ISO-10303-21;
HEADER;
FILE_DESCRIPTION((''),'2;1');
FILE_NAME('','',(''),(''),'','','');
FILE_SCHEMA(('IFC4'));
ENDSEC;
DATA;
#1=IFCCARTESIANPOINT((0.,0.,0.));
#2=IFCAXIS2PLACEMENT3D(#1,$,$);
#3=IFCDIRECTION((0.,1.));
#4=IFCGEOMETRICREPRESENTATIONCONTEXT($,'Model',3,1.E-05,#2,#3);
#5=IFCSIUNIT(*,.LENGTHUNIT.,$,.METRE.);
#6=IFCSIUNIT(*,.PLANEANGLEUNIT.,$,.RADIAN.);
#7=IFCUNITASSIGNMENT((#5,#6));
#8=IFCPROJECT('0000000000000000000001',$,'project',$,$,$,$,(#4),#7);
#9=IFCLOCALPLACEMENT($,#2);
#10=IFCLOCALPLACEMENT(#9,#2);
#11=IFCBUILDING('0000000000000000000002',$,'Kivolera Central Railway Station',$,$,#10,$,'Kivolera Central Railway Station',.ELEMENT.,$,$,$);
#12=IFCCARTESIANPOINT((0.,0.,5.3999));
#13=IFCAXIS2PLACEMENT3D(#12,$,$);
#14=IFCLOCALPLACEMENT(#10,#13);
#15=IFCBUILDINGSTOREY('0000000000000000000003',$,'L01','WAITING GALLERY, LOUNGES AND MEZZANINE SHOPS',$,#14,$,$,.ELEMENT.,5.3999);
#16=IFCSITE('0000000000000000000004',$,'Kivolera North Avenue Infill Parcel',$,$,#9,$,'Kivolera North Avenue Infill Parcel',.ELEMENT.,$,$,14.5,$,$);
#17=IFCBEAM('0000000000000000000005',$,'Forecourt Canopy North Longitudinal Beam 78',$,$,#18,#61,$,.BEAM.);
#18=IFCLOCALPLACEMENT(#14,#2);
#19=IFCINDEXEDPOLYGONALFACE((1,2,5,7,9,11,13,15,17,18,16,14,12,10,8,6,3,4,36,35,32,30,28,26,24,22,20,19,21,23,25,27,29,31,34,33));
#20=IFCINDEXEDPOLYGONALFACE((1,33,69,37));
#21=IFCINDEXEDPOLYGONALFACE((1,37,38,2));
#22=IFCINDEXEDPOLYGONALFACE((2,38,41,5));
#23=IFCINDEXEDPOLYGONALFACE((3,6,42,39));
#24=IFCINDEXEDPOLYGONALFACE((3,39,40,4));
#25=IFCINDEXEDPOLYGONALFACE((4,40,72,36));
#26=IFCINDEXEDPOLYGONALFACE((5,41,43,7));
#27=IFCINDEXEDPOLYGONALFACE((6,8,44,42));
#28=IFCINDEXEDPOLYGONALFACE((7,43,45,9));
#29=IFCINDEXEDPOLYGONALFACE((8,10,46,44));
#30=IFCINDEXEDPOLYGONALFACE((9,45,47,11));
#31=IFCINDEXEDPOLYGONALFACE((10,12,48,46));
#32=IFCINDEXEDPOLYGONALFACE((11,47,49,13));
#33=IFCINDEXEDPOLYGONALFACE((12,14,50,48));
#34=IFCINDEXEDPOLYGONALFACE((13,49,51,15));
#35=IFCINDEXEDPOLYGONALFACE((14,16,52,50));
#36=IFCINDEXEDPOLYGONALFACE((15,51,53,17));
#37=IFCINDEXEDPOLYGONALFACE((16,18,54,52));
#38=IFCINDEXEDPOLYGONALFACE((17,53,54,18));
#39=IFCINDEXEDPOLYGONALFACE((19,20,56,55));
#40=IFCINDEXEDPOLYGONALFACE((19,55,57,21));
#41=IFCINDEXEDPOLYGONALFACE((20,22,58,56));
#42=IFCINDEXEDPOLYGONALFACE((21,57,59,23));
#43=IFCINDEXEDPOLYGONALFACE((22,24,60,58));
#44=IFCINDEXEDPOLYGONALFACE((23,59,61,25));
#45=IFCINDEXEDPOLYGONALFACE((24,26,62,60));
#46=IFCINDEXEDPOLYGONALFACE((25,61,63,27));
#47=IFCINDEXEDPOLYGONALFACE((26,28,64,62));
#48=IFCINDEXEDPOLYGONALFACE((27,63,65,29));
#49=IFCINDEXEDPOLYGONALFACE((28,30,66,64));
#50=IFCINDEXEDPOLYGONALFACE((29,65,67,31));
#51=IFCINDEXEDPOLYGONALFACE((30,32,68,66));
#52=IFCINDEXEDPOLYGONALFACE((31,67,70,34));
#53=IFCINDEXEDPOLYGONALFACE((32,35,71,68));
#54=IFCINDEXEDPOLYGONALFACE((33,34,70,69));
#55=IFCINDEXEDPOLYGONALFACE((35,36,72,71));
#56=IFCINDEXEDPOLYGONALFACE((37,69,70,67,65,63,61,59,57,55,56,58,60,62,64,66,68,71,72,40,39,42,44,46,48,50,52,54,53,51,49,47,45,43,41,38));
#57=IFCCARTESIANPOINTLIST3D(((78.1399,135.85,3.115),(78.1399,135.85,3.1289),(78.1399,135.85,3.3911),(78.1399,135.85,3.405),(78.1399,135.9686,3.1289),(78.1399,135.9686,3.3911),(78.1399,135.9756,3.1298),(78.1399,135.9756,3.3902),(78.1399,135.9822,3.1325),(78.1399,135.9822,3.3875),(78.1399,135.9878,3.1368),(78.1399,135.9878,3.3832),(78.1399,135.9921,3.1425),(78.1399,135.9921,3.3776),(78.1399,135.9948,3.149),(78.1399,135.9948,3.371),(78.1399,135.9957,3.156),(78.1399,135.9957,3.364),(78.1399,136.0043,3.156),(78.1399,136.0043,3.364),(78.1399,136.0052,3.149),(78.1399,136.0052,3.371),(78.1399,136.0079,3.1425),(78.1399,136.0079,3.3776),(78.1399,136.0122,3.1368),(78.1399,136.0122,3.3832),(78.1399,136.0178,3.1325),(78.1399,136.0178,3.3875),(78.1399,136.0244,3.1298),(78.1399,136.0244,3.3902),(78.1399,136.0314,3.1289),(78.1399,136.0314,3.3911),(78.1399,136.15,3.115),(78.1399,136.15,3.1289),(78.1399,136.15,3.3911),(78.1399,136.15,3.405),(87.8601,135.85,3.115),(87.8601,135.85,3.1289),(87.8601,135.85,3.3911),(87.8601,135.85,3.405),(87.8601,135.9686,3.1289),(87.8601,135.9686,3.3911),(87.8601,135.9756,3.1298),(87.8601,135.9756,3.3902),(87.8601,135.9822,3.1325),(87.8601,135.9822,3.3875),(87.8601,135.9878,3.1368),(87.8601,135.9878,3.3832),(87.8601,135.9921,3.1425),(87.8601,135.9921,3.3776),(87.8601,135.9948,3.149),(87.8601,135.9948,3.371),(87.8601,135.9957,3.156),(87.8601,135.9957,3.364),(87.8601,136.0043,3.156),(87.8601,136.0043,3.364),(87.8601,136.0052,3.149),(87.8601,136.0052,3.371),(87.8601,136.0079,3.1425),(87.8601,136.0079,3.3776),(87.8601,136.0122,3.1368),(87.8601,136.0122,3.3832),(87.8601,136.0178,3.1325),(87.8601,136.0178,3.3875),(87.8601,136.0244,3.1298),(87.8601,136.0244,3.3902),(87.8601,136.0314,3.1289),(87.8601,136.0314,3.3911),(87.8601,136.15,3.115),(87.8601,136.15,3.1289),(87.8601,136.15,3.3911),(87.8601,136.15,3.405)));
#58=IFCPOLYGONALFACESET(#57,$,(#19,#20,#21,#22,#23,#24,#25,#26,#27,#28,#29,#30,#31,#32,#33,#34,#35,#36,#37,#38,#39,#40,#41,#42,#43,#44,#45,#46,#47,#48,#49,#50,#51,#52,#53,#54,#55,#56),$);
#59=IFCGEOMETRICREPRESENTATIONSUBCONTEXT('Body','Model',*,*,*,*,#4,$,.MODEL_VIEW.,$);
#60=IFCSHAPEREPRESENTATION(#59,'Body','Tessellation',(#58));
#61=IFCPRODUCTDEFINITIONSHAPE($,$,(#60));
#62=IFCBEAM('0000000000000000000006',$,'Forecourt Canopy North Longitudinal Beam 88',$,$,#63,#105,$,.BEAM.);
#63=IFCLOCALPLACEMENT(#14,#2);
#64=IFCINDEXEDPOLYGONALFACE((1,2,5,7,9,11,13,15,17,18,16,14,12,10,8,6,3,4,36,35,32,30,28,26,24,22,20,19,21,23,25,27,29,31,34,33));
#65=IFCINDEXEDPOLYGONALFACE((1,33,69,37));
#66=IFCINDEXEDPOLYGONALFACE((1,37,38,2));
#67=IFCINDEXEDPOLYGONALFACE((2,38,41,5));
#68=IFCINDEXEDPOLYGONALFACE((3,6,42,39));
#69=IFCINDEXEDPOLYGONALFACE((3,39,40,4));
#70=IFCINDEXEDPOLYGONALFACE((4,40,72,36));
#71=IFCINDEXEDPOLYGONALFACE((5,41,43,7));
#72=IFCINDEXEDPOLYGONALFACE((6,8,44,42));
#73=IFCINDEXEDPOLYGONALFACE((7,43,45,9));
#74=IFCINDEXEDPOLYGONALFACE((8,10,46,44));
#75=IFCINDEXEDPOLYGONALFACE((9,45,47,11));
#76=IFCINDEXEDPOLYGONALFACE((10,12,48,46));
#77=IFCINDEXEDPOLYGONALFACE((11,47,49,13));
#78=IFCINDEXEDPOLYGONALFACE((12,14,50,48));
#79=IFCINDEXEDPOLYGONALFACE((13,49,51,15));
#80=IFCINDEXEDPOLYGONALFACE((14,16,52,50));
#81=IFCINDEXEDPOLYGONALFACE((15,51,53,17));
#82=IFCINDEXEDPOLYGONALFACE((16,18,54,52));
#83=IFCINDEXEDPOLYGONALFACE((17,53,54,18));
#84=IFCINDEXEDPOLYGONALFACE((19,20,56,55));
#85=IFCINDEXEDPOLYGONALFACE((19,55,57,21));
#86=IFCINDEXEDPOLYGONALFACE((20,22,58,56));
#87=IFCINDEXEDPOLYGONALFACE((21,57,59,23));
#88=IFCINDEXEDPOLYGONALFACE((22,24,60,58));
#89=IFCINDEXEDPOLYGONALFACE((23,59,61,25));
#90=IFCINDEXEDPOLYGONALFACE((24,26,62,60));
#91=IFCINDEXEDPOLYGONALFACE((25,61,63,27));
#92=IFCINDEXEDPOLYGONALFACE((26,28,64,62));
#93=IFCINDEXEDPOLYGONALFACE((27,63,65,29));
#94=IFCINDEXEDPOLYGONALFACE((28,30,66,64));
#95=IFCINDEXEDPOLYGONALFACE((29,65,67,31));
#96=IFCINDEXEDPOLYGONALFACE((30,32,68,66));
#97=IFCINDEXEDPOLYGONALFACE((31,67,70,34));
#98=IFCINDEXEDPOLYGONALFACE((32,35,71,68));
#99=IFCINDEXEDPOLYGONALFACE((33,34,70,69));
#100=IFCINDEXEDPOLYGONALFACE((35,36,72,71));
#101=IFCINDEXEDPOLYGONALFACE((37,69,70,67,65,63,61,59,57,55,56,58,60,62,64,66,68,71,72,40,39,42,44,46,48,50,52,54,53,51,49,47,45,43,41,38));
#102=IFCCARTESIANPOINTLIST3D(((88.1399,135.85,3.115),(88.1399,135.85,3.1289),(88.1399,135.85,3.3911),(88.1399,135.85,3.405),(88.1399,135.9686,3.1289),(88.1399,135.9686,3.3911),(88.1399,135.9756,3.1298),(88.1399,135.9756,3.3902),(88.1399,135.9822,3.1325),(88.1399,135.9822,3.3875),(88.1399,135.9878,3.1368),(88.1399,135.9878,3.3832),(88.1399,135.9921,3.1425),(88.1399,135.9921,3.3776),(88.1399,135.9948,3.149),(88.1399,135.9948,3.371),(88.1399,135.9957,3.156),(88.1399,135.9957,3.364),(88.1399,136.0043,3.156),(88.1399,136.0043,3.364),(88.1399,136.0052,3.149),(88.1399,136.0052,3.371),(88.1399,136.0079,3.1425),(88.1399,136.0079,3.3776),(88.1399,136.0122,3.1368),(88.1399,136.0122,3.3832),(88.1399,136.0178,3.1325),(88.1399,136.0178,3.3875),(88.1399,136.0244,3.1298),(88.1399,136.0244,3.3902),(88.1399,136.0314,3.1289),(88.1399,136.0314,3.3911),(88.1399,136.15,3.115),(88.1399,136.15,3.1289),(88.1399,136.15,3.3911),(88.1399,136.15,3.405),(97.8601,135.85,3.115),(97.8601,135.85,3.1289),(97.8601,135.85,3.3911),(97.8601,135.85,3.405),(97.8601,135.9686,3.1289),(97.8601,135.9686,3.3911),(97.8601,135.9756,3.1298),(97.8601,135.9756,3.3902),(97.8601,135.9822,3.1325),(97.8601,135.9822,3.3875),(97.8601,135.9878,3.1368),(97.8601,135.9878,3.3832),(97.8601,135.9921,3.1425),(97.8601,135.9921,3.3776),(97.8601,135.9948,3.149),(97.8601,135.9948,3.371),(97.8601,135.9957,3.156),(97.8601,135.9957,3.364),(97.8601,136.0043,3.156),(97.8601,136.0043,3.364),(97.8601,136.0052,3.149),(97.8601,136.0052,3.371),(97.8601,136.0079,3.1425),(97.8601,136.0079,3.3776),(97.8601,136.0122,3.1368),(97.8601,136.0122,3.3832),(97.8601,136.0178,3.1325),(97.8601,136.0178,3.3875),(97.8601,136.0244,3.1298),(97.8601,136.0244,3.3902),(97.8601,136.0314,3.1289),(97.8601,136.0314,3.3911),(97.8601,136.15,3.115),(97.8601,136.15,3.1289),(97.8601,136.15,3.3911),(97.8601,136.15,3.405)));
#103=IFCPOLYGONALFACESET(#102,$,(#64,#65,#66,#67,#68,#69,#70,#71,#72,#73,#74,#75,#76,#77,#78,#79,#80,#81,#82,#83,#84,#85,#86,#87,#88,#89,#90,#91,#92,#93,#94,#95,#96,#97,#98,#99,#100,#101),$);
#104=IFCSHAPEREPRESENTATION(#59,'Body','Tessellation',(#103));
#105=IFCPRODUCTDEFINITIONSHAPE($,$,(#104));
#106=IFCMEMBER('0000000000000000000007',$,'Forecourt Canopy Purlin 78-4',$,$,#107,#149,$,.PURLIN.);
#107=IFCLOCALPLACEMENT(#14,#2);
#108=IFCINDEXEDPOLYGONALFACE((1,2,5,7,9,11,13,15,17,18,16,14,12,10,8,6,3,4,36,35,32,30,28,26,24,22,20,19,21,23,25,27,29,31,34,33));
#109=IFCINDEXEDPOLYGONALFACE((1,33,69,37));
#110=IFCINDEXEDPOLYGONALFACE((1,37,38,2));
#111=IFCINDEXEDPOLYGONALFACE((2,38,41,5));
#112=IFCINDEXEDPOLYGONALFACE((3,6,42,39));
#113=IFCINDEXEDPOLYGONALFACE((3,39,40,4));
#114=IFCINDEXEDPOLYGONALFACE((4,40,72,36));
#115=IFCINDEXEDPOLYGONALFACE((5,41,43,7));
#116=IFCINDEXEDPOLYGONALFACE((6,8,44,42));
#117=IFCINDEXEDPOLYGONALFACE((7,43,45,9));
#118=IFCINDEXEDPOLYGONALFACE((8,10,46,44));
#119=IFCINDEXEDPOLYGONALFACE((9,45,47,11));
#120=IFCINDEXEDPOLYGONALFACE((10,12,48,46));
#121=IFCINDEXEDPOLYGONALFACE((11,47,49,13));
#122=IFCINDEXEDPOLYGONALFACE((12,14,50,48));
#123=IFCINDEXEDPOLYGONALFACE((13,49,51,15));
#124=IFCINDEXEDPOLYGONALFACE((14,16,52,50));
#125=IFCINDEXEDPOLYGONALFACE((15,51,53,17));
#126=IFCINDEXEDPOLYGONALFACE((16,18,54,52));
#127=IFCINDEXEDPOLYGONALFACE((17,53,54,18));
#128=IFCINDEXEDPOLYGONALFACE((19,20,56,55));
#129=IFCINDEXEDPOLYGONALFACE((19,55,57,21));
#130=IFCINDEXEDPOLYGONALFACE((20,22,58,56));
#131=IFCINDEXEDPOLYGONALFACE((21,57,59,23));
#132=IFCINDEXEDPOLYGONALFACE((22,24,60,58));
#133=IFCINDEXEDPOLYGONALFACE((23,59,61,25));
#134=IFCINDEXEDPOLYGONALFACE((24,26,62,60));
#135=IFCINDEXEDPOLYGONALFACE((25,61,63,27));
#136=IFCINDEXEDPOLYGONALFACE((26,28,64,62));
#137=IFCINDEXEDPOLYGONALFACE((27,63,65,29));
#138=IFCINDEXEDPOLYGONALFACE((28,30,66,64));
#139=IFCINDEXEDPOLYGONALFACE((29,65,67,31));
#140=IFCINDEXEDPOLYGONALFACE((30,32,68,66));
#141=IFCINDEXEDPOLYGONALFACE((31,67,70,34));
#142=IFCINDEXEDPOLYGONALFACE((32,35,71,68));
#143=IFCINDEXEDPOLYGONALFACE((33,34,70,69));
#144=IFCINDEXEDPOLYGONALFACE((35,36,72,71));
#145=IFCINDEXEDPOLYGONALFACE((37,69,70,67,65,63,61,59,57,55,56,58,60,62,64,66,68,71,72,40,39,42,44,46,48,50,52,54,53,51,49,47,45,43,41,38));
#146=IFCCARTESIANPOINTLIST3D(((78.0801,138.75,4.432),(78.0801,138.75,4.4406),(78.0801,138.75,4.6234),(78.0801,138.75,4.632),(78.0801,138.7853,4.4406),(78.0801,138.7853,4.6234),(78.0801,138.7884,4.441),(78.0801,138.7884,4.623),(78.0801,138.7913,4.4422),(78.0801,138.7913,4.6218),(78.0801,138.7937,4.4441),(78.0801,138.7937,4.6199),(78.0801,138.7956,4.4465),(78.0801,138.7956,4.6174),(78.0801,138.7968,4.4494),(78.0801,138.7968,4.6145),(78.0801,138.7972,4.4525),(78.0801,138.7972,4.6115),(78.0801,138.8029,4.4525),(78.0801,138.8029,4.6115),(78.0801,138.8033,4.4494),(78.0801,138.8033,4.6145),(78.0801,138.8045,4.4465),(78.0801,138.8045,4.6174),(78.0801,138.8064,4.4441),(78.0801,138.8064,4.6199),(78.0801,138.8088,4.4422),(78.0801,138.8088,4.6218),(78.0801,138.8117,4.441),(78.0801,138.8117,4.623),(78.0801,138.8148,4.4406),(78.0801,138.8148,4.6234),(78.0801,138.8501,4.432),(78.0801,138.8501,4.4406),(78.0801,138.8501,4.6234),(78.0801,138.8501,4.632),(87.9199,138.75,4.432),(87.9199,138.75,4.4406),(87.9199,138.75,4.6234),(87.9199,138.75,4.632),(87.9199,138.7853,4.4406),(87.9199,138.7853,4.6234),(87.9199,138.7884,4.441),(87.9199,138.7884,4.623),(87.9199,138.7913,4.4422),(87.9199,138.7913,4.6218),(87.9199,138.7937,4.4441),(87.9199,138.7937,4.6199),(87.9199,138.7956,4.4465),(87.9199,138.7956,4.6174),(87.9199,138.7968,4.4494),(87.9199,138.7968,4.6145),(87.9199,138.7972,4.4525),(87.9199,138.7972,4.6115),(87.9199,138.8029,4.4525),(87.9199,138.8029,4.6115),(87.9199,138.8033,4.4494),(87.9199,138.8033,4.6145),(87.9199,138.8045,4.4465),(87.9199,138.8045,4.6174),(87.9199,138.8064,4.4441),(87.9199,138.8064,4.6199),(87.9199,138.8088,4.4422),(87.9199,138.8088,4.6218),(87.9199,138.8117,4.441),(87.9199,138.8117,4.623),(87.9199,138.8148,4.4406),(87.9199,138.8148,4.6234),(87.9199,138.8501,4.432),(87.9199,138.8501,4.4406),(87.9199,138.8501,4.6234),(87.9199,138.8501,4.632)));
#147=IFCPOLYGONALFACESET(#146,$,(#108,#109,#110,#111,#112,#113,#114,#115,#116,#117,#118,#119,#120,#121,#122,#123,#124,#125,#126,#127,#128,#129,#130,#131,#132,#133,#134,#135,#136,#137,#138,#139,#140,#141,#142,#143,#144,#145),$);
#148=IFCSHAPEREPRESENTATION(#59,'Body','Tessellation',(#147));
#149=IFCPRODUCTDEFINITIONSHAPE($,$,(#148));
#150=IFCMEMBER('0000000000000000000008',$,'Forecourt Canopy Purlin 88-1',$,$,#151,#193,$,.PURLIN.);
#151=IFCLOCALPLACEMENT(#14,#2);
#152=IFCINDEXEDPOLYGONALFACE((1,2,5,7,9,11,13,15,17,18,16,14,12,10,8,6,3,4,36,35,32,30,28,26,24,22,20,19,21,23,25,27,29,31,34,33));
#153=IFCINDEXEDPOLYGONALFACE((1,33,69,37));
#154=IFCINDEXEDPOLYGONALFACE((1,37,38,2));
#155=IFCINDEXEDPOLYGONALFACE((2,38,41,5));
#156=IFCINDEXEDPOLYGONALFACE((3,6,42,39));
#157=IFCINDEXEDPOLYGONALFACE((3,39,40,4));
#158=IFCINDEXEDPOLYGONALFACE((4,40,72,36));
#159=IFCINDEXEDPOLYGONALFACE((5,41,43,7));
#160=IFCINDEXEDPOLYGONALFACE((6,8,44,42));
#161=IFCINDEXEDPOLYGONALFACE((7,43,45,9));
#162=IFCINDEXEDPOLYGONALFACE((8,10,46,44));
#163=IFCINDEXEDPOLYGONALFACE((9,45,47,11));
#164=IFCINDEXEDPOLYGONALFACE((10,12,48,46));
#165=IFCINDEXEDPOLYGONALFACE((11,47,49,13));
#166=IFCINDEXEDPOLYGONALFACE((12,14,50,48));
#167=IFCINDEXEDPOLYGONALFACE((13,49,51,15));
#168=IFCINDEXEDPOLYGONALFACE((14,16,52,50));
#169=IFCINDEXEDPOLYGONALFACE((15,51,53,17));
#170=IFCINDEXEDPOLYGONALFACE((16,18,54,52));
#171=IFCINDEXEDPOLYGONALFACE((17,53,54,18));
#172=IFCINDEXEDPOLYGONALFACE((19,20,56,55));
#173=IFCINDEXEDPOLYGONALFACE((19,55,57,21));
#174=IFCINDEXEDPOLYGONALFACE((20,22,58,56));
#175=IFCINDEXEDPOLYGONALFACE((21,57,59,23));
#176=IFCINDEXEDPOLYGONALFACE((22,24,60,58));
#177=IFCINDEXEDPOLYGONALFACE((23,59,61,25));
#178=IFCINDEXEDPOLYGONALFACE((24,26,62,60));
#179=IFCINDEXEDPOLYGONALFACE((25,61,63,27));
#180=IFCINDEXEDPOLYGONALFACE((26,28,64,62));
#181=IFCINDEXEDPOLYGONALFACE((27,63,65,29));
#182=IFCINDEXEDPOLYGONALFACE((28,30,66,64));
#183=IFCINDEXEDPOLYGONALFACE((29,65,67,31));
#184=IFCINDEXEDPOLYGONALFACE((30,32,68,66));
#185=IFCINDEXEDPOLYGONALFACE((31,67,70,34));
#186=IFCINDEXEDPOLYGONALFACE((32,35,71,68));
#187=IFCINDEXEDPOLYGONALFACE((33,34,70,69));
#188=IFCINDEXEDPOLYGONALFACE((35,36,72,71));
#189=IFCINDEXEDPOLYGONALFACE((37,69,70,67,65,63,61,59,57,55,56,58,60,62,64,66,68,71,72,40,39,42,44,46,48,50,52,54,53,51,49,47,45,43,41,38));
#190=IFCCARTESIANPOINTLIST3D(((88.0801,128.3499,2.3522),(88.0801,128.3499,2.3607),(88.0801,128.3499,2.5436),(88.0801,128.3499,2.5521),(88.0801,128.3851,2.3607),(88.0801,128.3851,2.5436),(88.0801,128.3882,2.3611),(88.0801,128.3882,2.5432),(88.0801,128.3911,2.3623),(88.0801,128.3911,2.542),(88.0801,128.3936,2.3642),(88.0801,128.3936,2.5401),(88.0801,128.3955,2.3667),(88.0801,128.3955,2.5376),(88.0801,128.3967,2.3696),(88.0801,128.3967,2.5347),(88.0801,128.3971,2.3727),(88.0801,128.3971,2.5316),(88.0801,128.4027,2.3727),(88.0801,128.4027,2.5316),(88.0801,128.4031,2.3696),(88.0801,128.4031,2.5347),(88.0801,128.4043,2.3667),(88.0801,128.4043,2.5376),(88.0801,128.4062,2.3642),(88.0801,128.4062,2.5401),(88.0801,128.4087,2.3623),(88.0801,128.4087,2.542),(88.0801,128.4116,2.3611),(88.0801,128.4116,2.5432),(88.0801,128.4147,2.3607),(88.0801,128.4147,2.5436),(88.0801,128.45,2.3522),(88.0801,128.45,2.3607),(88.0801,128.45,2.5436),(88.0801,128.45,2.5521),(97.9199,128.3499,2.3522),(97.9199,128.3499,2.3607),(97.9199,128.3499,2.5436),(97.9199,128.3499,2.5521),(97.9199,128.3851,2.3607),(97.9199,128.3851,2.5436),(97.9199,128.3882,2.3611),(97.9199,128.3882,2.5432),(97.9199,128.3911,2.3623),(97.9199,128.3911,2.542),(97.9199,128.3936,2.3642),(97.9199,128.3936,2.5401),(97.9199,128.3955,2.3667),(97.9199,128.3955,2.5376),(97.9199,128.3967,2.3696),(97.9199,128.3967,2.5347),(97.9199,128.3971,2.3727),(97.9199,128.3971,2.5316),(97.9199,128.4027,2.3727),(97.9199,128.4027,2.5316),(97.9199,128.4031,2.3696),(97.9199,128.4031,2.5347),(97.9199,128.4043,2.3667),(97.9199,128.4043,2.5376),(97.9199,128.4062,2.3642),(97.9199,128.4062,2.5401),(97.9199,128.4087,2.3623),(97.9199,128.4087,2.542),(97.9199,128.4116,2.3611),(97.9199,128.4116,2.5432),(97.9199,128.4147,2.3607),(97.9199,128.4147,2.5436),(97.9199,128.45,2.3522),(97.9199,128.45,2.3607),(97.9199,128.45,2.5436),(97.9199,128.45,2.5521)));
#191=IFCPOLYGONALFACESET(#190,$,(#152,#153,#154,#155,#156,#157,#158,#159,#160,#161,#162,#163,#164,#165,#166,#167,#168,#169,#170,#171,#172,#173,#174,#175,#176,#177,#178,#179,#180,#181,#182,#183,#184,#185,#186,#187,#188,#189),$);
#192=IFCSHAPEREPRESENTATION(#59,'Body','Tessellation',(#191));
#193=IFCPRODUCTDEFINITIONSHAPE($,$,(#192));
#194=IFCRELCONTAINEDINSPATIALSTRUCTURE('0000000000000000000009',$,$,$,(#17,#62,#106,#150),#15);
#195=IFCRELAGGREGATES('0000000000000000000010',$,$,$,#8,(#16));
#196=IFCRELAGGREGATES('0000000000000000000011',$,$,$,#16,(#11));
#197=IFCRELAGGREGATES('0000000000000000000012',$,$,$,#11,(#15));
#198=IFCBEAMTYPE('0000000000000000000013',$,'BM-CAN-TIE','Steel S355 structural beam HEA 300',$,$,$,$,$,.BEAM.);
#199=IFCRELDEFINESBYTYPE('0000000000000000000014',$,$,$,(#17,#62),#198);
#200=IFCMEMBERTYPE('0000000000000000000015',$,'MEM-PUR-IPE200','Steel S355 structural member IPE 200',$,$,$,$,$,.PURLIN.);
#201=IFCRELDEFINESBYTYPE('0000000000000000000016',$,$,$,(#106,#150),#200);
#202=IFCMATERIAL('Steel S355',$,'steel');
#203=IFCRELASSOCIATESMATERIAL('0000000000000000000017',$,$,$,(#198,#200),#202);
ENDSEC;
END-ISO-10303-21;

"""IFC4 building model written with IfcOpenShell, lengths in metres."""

from ifc_helpers import new_model, si_unit, direction, frame, origin, origin_2d, place, context, subcontext, project, spatial, i_section, extrude, material, material_profile, profile_set, type_object, element, save


model = new_model("IFC4")

# Units and contexts
model_context = context("Model", 3, precision=1e-05, world=origin(), true_north=direction((0.0, 1.0)))
body_context = subcontext(model_context, "Body", "Model", "MODEL_VIEW")
ifc_project = project(units=[si_unit("LENGTHUNIT", "METRE"), si_unit("PLANEANGLEUNIT", "RADIAN")], contexts=[model_context])

# Site, building, storey
site_placement = place(None, origin())
site = spatial("IfcSite", under=ifc_project, at=site_placement, Name="Kivolera North Avenue Infill Parcel", LongName="Kivolera North Avenue Infill Parcel", CompositionType="ELEMENT", RefElevation=14.5)
building_placement = place(site_placement, origin())
building = spatial("IfcBuilding", under=site, at=building_placement, Name="Kivolera Central Railway Station", LongName="Kivolera Central Railway Station", CompositionType="ELEMENT")
storey_placement = place(building_placement, frame((0.0, 0.0, 5.3999)))
storey = spatial("IfcBuildingStorey", under=building, at=storey_placement, Name="L01", Description="WAITING GALLERY, LOUNGES AND MEZZANINE SHOPS", CompositionType="ELEMENT", Elevation=5.3999)

# Shared definitions
ifc_material_1 = material(Name="Steel S355", Category="steel")

# Beams
ifc_material_profile_1 = material_profile(ifc_material_1, i_section(OverallWidth=0.3, OverallDepth=0.29, WebThickness=0.0085, FlangeThickness=0.0139, FilletRadius=0.0271, at=origin_2d()), Name="HEA 300")
ifc_profile_set_1 = profile_set([ifc_material_profile_1], Name="Steel S355")
beam_type_1 = type_object("IfcBeamType", Name="BM-CAN-TIE", Description="Steel S355 structural beam HEA 300", PredefinedType="BEAM", material=ifc_profile_set_1)
for number, where, z_axis, x_axis, name in (
    (1, (78.1399, 136.0, 3.26), (1.0, 0.0, 0.0), (0.0, 1.0, 0.0), "Forecourt Canopy North Longitudinal Beam 78"),
    (2, (88.1399, 136.0, 3.26), (1.0, 0.0, 0.0), (0.0, 1.0, 0.0), "Forecourt Canopy North Longitudinal Beam 88"),
):
    element("IfcBeam", number, at=place(storey_placement, frame(where, z_axis=z_axis, x_axis=x_axis)), inside=storey, type_object=beam_type_1, Name=name, PredefinedType="BEAM", context=body_context, shape_type="SweptSolid", body=[
        extrude(i_section(OverallWidth=0.3, OverallDepth=0.29, WebThickness=0.0085, FlangeThickness=0.0139, FilletRadius=0.0271, at=origin_2d()), origin(), (0.0, 0.0, 1.0), 9.7202),
    ])

# Members
ifc_material_profile_2 = material_profile(ifc_material_1, i_section(OverallWidth=0.1001, OverallDepth=0.2, WebThickness=0.0056, FlangeThickness=0.0085, FilletRadius=0.012, at=origin_2d()), Name="IPE 200")
ifc_profile_set_2 = profile_set([ifc_material_profile_2], Name="Steel S355")
member_type_1 = type_object("IfcMemberType", Name="MEM-PUR-IPE200", Description="Steel S355 structural member IPE 200", PredefinedType="PURLIN", material=ifc_profile_set_2)
for number, where, z_axis, x_axis, name in (
    (3, (78.0801, 138.8, 4.532), (1.0, 0.0, 0.0), (0.0, 1.0, 0.0), "Forecourt Canopy Purlin 78-4"),
    (4, (88.0801, 128.3999, 2.4521), (1.0, 0.0, 0.0), (0.0, 1.0, 0.0), "Forecourt Canopy Purlin 88-1"),
):
    element("IfcMember", number, at=place(storey_placement, frame(where, z_axis=z_axis, x_axis=x_axis)), inside=storey, type_object=member_type_1, Name=name, PredefinedType="PURLIN", context=body_context, shape_type="SweptSolid", body=[
        extrude(i_section(OverallWidth=0.1001, OverallDepth=0.2, WebThickness=0.0056, FlangeThickness=0.0085, FilletRadius=0.012, at=origin_2d()), origin(), (0.0, 0.0, 1.0), 9.8398),
    ])

save(model, "model.ifc")
